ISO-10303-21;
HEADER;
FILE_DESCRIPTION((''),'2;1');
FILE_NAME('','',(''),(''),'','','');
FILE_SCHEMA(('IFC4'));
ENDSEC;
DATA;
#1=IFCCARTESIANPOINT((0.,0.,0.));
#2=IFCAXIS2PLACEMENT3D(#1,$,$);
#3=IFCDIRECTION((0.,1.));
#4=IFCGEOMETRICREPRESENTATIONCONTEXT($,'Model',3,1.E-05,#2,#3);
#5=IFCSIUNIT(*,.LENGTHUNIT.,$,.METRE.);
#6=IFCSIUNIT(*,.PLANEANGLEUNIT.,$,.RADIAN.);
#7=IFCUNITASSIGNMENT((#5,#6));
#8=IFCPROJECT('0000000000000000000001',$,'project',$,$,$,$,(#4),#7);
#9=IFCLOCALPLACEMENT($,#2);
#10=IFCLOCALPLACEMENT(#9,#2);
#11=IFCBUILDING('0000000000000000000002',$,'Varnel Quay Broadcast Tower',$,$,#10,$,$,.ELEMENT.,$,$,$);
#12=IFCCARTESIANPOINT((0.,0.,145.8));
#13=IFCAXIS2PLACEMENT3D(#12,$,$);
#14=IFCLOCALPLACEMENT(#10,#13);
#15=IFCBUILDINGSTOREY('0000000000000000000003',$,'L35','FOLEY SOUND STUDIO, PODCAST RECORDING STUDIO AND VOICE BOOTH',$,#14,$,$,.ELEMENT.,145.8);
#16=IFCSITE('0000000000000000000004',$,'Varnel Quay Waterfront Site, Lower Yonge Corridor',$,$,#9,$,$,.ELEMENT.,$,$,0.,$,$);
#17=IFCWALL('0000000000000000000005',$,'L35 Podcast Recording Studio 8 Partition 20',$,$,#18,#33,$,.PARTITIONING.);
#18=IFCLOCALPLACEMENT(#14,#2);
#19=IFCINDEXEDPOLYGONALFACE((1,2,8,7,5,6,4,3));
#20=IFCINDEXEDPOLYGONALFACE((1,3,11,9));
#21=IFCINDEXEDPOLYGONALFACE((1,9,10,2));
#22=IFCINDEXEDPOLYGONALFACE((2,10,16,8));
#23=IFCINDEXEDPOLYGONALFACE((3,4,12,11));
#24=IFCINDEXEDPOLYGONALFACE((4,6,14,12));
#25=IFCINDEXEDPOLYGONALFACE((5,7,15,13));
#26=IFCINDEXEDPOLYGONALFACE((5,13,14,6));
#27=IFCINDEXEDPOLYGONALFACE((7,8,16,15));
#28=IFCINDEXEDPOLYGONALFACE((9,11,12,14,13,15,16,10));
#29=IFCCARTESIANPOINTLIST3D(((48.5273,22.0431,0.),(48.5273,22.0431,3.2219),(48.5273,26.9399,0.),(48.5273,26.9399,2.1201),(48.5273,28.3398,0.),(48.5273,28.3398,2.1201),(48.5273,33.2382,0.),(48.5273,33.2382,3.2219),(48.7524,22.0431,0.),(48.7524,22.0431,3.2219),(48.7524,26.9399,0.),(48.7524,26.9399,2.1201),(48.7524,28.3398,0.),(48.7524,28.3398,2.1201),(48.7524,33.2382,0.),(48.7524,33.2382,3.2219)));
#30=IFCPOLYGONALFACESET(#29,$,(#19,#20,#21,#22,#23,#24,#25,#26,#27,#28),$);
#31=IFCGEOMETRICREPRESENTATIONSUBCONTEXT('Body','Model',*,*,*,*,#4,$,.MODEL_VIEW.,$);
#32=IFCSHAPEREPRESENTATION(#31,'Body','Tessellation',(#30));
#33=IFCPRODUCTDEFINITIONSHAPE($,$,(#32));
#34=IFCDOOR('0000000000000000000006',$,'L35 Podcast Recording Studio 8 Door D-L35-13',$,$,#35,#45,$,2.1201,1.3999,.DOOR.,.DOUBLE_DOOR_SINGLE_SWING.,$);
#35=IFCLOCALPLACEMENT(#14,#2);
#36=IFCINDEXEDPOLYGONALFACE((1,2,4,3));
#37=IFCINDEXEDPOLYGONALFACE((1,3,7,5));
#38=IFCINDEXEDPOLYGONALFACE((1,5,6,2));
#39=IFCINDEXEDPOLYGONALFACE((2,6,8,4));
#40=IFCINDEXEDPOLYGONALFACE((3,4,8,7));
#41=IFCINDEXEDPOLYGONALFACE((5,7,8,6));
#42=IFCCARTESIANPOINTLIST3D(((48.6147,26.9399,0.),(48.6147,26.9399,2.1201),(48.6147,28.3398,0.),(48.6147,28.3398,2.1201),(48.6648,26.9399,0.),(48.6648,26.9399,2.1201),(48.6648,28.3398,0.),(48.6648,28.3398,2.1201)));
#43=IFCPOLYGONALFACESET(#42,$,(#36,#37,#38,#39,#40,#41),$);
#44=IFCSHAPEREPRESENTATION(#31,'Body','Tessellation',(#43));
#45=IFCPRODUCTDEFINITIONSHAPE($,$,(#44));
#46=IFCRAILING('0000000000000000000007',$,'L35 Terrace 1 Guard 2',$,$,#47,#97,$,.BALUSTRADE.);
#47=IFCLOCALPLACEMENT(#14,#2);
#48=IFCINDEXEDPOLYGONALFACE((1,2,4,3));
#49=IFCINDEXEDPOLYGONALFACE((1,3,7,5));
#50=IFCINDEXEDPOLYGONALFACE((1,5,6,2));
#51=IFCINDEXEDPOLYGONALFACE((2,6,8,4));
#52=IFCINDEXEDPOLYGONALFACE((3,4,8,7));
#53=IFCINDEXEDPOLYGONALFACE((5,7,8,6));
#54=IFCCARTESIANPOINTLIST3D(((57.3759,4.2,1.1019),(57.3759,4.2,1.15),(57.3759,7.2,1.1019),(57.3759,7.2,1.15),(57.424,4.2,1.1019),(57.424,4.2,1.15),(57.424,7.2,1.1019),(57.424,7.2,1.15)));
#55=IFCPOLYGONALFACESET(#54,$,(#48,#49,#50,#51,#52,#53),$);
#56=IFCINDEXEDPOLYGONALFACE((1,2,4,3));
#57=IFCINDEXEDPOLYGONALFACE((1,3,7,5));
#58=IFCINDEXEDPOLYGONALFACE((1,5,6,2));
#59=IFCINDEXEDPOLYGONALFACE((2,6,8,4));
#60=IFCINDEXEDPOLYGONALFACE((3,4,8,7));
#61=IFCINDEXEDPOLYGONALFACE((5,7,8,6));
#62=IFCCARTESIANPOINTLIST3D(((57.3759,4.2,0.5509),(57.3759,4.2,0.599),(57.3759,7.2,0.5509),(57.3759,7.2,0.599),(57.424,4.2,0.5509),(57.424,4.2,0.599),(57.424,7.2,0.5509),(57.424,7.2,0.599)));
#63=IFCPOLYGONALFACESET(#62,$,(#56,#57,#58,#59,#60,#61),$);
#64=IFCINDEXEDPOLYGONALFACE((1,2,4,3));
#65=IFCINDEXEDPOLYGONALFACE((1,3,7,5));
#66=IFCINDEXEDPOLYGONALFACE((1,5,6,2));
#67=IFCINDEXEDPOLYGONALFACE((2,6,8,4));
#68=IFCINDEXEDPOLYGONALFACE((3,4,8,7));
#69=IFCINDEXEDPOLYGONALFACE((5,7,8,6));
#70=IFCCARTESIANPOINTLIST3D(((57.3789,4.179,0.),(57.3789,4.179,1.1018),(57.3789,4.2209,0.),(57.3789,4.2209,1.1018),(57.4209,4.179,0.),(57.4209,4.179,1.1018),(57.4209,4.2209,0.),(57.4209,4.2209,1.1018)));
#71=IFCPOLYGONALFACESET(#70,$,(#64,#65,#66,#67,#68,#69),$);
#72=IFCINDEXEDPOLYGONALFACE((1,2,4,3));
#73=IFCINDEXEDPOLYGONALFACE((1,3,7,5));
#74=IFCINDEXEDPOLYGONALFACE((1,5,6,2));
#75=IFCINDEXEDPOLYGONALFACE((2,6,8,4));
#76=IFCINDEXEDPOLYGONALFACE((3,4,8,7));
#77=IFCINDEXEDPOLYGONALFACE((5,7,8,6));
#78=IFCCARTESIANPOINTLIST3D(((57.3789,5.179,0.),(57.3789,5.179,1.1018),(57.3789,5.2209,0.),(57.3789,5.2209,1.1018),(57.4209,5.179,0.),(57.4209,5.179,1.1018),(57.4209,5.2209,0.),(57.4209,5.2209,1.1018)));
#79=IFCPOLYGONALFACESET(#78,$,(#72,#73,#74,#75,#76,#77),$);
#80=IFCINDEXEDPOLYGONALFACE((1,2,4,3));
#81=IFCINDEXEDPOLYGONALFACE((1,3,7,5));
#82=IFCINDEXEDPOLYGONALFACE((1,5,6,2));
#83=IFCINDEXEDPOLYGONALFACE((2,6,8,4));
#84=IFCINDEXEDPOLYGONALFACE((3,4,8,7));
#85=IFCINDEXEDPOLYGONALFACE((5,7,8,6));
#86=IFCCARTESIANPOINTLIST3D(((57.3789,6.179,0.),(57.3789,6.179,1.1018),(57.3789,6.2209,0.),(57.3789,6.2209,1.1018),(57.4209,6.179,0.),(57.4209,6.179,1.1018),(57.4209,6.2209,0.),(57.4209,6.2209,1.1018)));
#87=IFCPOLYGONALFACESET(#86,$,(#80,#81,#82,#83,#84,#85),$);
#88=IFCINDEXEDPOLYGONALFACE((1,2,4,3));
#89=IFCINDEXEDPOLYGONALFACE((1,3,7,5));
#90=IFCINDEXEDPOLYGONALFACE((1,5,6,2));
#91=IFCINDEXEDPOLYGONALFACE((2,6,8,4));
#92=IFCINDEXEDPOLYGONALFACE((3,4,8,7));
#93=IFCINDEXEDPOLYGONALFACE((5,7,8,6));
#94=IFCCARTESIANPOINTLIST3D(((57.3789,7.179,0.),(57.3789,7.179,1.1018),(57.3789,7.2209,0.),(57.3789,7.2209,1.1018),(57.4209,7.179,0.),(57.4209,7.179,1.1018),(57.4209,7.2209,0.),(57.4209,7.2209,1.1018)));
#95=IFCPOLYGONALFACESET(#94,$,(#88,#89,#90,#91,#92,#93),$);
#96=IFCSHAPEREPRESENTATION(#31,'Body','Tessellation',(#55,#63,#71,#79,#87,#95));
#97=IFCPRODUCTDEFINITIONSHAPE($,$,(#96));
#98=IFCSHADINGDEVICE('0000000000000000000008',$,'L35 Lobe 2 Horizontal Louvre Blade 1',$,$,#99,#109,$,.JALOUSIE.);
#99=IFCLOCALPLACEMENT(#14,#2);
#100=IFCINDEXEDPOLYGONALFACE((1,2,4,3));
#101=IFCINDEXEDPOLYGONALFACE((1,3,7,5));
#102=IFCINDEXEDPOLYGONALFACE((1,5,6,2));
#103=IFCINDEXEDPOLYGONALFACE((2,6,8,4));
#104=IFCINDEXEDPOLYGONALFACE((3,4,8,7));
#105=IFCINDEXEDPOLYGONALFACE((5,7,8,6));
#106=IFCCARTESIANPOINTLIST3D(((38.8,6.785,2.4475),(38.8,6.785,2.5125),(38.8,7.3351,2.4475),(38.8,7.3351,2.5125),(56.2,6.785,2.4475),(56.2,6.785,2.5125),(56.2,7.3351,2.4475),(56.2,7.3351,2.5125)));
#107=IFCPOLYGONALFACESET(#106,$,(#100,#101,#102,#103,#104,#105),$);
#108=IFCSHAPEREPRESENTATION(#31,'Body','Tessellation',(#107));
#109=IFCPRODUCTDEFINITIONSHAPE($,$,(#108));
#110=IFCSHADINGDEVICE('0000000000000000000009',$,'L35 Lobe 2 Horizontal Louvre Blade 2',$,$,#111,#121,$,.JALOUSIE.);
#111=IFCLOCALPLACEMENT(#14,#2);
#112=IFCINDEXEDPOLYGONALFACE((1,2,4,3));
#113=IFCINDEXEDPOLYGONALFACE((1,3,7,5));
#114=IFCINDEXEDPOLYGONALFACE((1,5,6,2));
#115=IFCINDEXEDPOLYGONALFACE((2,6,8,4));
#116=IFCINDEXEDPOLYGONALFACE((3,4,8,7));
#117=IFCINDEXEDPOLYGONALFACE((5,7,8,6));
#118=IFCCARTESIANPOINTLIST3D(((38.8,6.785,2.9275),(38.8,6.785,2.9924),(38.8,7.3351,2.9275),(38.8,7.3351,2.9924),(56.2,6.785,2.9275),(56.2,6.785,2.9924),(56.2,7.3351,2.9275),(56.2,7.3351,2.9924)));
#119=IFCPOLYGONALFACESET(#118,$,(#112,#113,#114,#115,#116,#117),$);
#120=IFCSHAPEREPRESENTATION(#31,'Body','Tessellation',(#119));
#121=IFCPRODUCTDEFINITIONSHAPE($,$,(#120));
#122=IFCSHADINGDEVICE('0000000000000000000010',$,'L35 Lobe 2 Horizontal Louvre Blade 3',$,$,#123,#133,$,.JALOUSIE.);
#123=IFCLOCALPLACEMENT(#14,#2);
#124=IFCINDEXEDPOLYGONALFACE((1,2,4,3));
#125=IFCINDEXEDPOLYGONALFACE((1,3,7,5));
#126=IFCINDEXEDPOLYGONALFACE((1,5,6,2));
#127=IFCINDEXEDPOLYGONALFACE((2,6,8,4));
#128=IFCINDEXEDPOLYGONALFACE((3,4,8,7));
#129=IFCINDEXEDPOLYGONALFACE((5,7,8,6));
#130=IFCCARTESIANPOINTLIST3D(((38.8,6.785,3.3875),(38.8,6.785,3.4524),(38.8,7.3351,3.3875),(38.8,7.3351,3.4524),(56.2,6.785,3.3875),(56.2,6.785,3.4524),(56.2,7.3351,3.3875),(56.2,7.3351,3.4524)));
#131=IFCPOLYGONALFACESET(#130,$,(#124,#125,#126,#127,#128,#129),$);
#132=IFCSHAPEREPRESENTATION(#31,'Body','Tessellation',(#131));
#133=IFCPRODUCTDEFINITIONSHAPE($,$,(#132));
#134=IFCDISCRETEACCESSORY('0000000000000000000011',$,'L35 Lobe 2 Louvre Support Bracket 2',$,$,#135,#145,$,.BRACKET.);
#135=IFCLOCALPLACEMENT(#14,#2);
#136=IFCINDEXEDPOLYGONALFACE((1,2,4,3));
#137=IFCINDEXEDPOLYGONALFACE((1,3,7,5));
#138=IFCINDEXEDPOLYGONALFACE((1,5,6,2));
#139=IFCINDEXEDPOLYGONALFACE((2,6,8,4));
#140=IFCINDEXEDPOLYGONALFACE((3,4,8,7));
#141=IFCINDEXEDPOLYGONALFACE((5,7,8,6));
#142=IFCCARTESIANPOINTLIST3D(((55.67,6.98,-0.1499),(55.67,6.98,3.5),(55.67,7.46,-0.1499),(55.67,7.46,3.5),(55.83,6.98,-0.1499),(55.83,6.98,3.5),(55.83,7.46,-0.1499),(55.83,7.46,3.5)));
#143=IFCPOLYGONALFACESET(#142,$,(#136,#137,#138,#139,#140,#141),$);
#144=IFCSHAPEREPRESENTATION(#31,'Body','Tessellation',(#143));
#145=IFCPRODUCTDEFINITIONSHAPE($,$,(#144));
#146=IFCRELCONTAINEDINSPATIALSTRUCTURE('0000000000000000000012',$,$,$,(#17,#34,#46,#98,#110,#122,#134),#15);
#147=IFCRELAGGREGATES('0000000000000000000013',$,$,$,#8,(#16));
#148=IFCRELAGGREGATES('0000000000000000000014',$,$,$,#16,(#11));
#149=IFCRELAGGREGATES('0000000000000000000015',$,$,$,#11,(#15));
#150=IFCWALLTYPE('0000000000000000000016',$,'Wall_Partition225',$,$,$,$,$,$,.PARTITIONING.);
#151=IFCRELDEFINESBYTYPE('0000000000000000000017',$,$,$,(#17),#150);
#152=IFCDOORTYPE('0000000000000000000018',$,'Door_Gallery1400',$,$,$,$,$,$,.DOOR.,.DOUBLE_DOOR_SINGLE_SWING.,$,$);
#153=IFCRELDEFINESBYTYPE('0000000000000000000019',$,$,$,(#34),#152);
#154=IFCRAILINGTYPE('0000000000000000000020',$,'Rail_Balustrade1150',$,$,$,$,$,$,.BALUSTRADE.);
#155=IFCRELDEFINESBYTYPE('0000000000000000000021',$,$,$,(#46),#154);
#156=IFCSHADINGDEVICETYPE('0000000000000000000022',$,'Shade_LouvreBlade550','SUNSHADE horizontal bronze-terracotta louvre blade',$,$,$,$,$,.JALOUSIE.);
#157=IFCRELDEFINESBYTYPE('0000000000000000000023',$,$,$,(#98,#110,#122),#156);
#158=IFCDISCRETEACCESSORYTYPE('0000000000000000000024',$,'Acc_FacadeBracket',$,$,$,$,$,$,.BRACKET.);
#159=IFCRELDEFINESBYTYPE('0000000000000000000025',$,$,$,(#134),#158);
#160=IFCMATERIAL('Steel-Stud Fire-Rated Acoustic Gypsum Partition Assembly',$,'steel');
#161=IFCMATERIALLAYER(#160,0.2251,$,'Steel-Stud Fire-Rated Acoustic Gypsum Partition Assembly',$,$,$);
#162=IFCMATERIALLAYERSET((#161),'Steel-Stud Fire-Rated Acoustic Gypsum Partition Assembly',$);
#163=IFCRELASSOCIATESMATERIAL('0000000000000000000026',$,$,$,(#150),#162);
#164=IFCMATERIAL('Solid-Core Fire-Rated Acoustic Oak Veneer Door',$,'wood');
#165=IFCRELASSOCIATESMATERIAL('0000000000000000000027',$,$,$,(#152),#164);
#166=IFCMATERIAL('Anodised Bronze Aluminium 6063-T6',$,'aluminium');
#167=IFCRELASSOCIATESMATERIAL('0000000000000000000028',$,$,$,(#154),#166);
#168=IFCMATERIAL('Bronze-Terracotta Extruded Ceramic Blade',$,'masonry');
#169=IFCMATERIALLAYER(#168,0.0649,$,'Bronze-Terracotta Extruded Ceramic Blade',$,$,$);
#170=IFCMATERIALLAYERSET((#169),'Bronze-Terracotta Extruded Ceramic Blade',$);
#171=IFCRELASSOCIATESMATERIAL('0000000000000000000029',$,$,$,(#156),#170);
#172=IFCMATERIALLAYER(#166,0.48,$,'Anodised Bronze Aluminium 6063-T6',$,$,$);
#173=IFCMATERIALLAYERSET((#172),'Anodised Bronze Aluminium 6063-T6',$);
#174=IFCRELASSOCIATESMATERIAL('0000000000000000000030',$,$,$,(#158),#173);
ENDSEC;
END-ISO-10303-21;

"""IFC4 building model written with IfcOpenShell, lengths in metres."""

from ifc_helpers import new_model, si_unit, direction, frame, frame_2d, origin, origin_2d, place, context, subcontext, project, spatial, rectangle, extrude, source, transform, mapped, material, layer, layer_set, type_object, type_shapes, element, fill, save


model = new_model("IFC4")

# Units and contexts
model_context = context("Model", 3, precision=1e-05, world=origin(), true_north=direction((0.0, 1.0)))
body_context = subcontext(model_context, "Body", "Model", "MODEL_VIEW")
ifc_project = project(units=[si_unit("LENGTHUNIT", "METRE"), si_unit("PLANEANGLEUNIT", "RADIAN")], contexts=[model_context])

# Site, building, storey
site_placement = place(None, origin())
site = spatial("IfcSite", under=ifc_project, at=site_placement, Name="Varnel Quay Waterfront Site, Lower Yonge Corridor", CompositionType="ELEMENT", RefElevation=0.0)
building_placement = place(site_placement, origin())
building = spatial("IfcBuilding", under=site, at=building_placement, Name="Varnel Quay Broadcast Tower", CompositionType="ELEMENT")
storey_placement = place(building_placement, frame((0.0, 0.0, 145.8)))
storey = spatial("IfcBuildingStorey", under=building, at=storey_placement, Name="L35", Description="FOLEY SOUND STUDIO, PODCAST RECORDING STUDIO AND VOICE BOOTH", CompositionType="ELEMENT", Elevation=145.8)

# Shared definitions
ifc_material_1 = material(Name="Anodised Bronze Aluminium 6063-T6", Category="aluminium")

# Wall, opening, door
ifc_material_2 = material(Name="Steel-Stud Fire-Rated Acoustic Gypsum Partition Assembly", Category="steel")
ifc_layer_1 = layer(ifc_material_2, 0.2251, Name="Steel-Stud Fire-Rated Acoustic Gypsum Partition Assembly")
ifc_layer_set_1 = layer_set([ifc_layer_1], Name="Steel-Stud Fire-Rated Acoustic Gypsum Partition Assembly")
wall_type_1 = type_object("IfcWallType", Name="Wall_Partition225", PredefinedType="PARTITIONING", material=ifc_layer_set_1)
wall_1_placement = place(storey_placement, frame((48.6399, 22.043, 0.0), z_axis=(0.0, 0.0, 1.0), x_axis=(0.0, 1.0, 0.0)))
wall_1 = element("IfcWall", 1, at=wall_1_placement, inside=storey, type_object=wall_type_1, Name="L35 Podcast Recording Studio 8 Partition 20", PredefinedType="PARTITIONING", context=body_context, shape_type="SweptSolid", body=[
    extrude(rectangle(XDim=11.1951, YDim=0.2251, at=frame_2d((5.5977, 0.0))), origin(), (0.0, 0.0, 1.0), 3.2219),
])
opening_placement = place(wall_1_placement, frame((4.897, 0.0, 0.0)))
opening = element("IfcOpeningElement", 2, at=opening_placement, cuts=wall_1, PredefinedType="OPENING", context=body_context, shape_type="SweptSolid", body=[
    extrude(rectangle(XDim=1.3999, YDim=2.1201, at=frame_2d((0.7, 1.0601))), frame((0.0, 0.1226, 0.0), z_axis=(0.0, -1.0, 0.0), x_axis=(1.0, 0.0, 0.0)), (0.0, 0.0, 1.0), 0.2451),
])
ifc_material_3 = material(Name="Solid-Core Fire-Rated Acoustic Oak Veneer Door", Category="wood")
door_type = type_object("IfcDoorType", Name="Door_Gallery1400", OperationType="DOUBLE_DOOR_SINGLE_SWING", PredefinedType="DOOR", material=ifc_material_3)
shared_shape_1 = source(origin(), body_context, "Body", "SweptSolid", [
    extrude(rectangle(XDim=1.3999, YDim=2.1201, at=frame_2d((0.7, 1.0601))), frame((0.0, 0.0249, 0.0), z_axis=(0.0, -1.0, 0.0), x_axis=(1.0, 0.0, 0.0)), (0.0, 0.0, 1.0), 0.05),
])
type_shapes(door_type, [shared_shape_1])
door_placement = place(opening_placement, frame((1.3999, 0.0, 0.0), z_axis=(0.0, 0.0, 1.0), x_axis=(-1.0, 0.0, 0.0)))
door = element("IfcDoor", 3, at=door_placement, inside=storey, type_object=door_type, Name="L35 Podcast Recording Studio 8 Door D-L35-13", OperationType="DOUBLE_DOOR_SINGLE_SWING", OverallHeight=2.1201, OverallWidth=1.3999, PredefinedType="DOOR", context=body_context, shape_type="MappedRepresentation", body=[
    mapped(shared_shape_1, transform((0.0, 0.0, 0.0), x_axis=(1.0, 0.0, 0.0), y_axis=(0.0, 1.0, 0.0), z_axis=(0.0, 0.0, 1.0), scale=1.0)),
])
fill(opening, door)

# Railing
railing_type = type_object("IfcRailingType", Name="Rail_Balustrade1150", PredefinedType="BALUSTRADE", material=ifc_material_1)
railing_placement = place(storey_placement, frame((57.3999, 4.2, 0.0)))
element("IfcRailing", 4, at=railing_placement, inside=storey, type_object=railing_type, Name="L35 Terrace 1 Guard 2", PredefinedType="BALUSTRADE", context=body_context, shape_type="SweptSolid", body=[
    extrude(rectangle(XDim=0.0481, YDim=0.0481, at=origin_2d()), frame((0.0, 0.0, 1.126), z_axis=(0.0, 1.0, 0.0), x_axis=(-1.0, 0.0, 0.0)), (0.0, 0.0, 1.0), 3.0),
    extrude(rectangle(XDim=0.0481, YDim=0.0481, at=origin_2d()), frame((0.0, 0.0, 0.575), z_axis=(0.0, 1.0, 0.0), x_axis=(-1.0, 0.0, 0.0)), (0.0, 0.0, 1.0), 3.0),
    extrude(rectangle(XDim=0.042, YDim=0.042, at=origin_2d()), origin(), (0.0, 0.0, 1.0), 1.1018),
    extrude(rectangle(XDim=0.042, YDim=0.042, at=origin_2d()), frame((0.0, 1.0, 0.0)), (0.0, 0.0, 1.0), 1.1018),
    extrude(rectangle(XDim=0.042, YDim=0.042, at=origin_2d()), frame((0.0, 2.0, 0.0)), (0.0, 0.0, 1.0), 1.1018),
    extrude(rectangle(XDim=0.042, YDim=0.042, at=origin_2d()), frame((0.0, 3.0, 0.0)), (0.0, 0.0, 1.0), 1.1018),
])

# Shading devices
ifc_material_4 = material(Name="Bronze-Terracotta Extruded Ceramic Blade", Category="masonry")
ifc_layer_2 = layer(ifc_material_4, 0.0649, Name="Bronze-Terracotta Extruded Ceramic Blade")
ifc_layer_set_2 = layer_set([ifc_layer_2], Name="Bronze-Terracotta Extruded Ceramic Blade")
shading_device_type = type_object("IfcShadingDeviceType", Name="Shade_LouvreBlade550", Description="SUNSHADE horizontal bronze-terracotta louvre blade", PredefinedType="JALOUSIE", material=ifc_layer_set_2)
shared_shape_2 = source(origin(), body_context, "Body", "SweptSolid", [
    extrude(rectangle(XDim=17.3999, YDim=0.55, at=origin_2d()), origin(), (0.0, 0.0, 1.0), 0.0649),
])
type_shapes(shading_device_type, [shared_shape_2])
for number, where, z_axis, x_axis, name in (
    (5, (47.5, 7.0601, 2.4475), (0.0, 0.0, 1.0), (1.0, 0.0, 0.0), "L35 Lobe 2 Horizontal Louvre Blade 1"),
    (6, (47.5, 7.0601, 2.9275), (0.0, 0.0, 1.0), (1.0, 0.0, 0.0), "L35 Lobe 2 Horizontal Louvre Blade 2"),
    (7, (47.5, 7.0601, 3.3875), (0.0, 0.0, 1.0), (1.0, 0.0, 0.0), "L35 Lobe 2 Horizontal Louvre Blade 3"),
):
    element("IfcShadingDevice", number, at=place(storey_placement, frame(where, z_axis=z_axis, x_axis=x_axis)), inside=storey, type_object=shading_device_type, Name=name, PredefinedType="JALOUSIE", context=body_context, shape_type="MappedRepresentation", body=[
        mapped(shared_shape_2, transform((0.0, 0.0, 0.0), x_axis=(1.0, 0.0, 0.0), y_axis=(0.0, 1.0, 0.0), z_axis=(0.0, 0.0, 1.0), scale=1.0)),
    ])

# Discrete accessory
ifc_layer_3 = layer(ifc_material_1, 0.48, Name="Anodised Bronze Aluminium 6063-T6")
ifc_layer_set_3 = layer_set([ifc_layer_3], Name="Anodised Bronze Aluminium 6063-T6")
discrete_accessory_type = type_object("IfcDiscreteAccessoryType", Name="Acc_FacadeBracket", PredefinedType="BRACKET", material=ifc_layer_set_3)
shared_shape_3 = source(origin(), body_context, "Body", "SweptSolid", [
    extrude(rectangle(XDim=0.1599, YDim=0.48, at=origin_2d()), origin(), (0.0, 0.0, 1.0), 3.6499),
])
type_shapes(discrete_accessory_type, [shared_shape_3])
discrete_accessory_placement = place(storey_placement, frame((55.75, 7.22, -0.1499), z_axis=(0.0, 0.0, 1.0), x_axis=(1.0, 0.0, 0.0)))
element("IfcDiscreteAccessory", 8, at=discrete_accessory_placement, inside=storey, type_object=discrete_accessory_type, Name="L35 Lobe 2 Louvre Support Bracket 2", PredefinedType="BRACKET", context=body_context, shape_type="MappedRepresentation", body=[
    mapped(shared_shape_3, transform((0.0, 0.0, 0.0), x_axis=(1.0, 0.0, 0.0), y_axis=(0.0, 1.0, 0.0), z_axis=(0.0, 0.0, 1.0), scale=1.0)),
])

save(model, "model.ifc")
